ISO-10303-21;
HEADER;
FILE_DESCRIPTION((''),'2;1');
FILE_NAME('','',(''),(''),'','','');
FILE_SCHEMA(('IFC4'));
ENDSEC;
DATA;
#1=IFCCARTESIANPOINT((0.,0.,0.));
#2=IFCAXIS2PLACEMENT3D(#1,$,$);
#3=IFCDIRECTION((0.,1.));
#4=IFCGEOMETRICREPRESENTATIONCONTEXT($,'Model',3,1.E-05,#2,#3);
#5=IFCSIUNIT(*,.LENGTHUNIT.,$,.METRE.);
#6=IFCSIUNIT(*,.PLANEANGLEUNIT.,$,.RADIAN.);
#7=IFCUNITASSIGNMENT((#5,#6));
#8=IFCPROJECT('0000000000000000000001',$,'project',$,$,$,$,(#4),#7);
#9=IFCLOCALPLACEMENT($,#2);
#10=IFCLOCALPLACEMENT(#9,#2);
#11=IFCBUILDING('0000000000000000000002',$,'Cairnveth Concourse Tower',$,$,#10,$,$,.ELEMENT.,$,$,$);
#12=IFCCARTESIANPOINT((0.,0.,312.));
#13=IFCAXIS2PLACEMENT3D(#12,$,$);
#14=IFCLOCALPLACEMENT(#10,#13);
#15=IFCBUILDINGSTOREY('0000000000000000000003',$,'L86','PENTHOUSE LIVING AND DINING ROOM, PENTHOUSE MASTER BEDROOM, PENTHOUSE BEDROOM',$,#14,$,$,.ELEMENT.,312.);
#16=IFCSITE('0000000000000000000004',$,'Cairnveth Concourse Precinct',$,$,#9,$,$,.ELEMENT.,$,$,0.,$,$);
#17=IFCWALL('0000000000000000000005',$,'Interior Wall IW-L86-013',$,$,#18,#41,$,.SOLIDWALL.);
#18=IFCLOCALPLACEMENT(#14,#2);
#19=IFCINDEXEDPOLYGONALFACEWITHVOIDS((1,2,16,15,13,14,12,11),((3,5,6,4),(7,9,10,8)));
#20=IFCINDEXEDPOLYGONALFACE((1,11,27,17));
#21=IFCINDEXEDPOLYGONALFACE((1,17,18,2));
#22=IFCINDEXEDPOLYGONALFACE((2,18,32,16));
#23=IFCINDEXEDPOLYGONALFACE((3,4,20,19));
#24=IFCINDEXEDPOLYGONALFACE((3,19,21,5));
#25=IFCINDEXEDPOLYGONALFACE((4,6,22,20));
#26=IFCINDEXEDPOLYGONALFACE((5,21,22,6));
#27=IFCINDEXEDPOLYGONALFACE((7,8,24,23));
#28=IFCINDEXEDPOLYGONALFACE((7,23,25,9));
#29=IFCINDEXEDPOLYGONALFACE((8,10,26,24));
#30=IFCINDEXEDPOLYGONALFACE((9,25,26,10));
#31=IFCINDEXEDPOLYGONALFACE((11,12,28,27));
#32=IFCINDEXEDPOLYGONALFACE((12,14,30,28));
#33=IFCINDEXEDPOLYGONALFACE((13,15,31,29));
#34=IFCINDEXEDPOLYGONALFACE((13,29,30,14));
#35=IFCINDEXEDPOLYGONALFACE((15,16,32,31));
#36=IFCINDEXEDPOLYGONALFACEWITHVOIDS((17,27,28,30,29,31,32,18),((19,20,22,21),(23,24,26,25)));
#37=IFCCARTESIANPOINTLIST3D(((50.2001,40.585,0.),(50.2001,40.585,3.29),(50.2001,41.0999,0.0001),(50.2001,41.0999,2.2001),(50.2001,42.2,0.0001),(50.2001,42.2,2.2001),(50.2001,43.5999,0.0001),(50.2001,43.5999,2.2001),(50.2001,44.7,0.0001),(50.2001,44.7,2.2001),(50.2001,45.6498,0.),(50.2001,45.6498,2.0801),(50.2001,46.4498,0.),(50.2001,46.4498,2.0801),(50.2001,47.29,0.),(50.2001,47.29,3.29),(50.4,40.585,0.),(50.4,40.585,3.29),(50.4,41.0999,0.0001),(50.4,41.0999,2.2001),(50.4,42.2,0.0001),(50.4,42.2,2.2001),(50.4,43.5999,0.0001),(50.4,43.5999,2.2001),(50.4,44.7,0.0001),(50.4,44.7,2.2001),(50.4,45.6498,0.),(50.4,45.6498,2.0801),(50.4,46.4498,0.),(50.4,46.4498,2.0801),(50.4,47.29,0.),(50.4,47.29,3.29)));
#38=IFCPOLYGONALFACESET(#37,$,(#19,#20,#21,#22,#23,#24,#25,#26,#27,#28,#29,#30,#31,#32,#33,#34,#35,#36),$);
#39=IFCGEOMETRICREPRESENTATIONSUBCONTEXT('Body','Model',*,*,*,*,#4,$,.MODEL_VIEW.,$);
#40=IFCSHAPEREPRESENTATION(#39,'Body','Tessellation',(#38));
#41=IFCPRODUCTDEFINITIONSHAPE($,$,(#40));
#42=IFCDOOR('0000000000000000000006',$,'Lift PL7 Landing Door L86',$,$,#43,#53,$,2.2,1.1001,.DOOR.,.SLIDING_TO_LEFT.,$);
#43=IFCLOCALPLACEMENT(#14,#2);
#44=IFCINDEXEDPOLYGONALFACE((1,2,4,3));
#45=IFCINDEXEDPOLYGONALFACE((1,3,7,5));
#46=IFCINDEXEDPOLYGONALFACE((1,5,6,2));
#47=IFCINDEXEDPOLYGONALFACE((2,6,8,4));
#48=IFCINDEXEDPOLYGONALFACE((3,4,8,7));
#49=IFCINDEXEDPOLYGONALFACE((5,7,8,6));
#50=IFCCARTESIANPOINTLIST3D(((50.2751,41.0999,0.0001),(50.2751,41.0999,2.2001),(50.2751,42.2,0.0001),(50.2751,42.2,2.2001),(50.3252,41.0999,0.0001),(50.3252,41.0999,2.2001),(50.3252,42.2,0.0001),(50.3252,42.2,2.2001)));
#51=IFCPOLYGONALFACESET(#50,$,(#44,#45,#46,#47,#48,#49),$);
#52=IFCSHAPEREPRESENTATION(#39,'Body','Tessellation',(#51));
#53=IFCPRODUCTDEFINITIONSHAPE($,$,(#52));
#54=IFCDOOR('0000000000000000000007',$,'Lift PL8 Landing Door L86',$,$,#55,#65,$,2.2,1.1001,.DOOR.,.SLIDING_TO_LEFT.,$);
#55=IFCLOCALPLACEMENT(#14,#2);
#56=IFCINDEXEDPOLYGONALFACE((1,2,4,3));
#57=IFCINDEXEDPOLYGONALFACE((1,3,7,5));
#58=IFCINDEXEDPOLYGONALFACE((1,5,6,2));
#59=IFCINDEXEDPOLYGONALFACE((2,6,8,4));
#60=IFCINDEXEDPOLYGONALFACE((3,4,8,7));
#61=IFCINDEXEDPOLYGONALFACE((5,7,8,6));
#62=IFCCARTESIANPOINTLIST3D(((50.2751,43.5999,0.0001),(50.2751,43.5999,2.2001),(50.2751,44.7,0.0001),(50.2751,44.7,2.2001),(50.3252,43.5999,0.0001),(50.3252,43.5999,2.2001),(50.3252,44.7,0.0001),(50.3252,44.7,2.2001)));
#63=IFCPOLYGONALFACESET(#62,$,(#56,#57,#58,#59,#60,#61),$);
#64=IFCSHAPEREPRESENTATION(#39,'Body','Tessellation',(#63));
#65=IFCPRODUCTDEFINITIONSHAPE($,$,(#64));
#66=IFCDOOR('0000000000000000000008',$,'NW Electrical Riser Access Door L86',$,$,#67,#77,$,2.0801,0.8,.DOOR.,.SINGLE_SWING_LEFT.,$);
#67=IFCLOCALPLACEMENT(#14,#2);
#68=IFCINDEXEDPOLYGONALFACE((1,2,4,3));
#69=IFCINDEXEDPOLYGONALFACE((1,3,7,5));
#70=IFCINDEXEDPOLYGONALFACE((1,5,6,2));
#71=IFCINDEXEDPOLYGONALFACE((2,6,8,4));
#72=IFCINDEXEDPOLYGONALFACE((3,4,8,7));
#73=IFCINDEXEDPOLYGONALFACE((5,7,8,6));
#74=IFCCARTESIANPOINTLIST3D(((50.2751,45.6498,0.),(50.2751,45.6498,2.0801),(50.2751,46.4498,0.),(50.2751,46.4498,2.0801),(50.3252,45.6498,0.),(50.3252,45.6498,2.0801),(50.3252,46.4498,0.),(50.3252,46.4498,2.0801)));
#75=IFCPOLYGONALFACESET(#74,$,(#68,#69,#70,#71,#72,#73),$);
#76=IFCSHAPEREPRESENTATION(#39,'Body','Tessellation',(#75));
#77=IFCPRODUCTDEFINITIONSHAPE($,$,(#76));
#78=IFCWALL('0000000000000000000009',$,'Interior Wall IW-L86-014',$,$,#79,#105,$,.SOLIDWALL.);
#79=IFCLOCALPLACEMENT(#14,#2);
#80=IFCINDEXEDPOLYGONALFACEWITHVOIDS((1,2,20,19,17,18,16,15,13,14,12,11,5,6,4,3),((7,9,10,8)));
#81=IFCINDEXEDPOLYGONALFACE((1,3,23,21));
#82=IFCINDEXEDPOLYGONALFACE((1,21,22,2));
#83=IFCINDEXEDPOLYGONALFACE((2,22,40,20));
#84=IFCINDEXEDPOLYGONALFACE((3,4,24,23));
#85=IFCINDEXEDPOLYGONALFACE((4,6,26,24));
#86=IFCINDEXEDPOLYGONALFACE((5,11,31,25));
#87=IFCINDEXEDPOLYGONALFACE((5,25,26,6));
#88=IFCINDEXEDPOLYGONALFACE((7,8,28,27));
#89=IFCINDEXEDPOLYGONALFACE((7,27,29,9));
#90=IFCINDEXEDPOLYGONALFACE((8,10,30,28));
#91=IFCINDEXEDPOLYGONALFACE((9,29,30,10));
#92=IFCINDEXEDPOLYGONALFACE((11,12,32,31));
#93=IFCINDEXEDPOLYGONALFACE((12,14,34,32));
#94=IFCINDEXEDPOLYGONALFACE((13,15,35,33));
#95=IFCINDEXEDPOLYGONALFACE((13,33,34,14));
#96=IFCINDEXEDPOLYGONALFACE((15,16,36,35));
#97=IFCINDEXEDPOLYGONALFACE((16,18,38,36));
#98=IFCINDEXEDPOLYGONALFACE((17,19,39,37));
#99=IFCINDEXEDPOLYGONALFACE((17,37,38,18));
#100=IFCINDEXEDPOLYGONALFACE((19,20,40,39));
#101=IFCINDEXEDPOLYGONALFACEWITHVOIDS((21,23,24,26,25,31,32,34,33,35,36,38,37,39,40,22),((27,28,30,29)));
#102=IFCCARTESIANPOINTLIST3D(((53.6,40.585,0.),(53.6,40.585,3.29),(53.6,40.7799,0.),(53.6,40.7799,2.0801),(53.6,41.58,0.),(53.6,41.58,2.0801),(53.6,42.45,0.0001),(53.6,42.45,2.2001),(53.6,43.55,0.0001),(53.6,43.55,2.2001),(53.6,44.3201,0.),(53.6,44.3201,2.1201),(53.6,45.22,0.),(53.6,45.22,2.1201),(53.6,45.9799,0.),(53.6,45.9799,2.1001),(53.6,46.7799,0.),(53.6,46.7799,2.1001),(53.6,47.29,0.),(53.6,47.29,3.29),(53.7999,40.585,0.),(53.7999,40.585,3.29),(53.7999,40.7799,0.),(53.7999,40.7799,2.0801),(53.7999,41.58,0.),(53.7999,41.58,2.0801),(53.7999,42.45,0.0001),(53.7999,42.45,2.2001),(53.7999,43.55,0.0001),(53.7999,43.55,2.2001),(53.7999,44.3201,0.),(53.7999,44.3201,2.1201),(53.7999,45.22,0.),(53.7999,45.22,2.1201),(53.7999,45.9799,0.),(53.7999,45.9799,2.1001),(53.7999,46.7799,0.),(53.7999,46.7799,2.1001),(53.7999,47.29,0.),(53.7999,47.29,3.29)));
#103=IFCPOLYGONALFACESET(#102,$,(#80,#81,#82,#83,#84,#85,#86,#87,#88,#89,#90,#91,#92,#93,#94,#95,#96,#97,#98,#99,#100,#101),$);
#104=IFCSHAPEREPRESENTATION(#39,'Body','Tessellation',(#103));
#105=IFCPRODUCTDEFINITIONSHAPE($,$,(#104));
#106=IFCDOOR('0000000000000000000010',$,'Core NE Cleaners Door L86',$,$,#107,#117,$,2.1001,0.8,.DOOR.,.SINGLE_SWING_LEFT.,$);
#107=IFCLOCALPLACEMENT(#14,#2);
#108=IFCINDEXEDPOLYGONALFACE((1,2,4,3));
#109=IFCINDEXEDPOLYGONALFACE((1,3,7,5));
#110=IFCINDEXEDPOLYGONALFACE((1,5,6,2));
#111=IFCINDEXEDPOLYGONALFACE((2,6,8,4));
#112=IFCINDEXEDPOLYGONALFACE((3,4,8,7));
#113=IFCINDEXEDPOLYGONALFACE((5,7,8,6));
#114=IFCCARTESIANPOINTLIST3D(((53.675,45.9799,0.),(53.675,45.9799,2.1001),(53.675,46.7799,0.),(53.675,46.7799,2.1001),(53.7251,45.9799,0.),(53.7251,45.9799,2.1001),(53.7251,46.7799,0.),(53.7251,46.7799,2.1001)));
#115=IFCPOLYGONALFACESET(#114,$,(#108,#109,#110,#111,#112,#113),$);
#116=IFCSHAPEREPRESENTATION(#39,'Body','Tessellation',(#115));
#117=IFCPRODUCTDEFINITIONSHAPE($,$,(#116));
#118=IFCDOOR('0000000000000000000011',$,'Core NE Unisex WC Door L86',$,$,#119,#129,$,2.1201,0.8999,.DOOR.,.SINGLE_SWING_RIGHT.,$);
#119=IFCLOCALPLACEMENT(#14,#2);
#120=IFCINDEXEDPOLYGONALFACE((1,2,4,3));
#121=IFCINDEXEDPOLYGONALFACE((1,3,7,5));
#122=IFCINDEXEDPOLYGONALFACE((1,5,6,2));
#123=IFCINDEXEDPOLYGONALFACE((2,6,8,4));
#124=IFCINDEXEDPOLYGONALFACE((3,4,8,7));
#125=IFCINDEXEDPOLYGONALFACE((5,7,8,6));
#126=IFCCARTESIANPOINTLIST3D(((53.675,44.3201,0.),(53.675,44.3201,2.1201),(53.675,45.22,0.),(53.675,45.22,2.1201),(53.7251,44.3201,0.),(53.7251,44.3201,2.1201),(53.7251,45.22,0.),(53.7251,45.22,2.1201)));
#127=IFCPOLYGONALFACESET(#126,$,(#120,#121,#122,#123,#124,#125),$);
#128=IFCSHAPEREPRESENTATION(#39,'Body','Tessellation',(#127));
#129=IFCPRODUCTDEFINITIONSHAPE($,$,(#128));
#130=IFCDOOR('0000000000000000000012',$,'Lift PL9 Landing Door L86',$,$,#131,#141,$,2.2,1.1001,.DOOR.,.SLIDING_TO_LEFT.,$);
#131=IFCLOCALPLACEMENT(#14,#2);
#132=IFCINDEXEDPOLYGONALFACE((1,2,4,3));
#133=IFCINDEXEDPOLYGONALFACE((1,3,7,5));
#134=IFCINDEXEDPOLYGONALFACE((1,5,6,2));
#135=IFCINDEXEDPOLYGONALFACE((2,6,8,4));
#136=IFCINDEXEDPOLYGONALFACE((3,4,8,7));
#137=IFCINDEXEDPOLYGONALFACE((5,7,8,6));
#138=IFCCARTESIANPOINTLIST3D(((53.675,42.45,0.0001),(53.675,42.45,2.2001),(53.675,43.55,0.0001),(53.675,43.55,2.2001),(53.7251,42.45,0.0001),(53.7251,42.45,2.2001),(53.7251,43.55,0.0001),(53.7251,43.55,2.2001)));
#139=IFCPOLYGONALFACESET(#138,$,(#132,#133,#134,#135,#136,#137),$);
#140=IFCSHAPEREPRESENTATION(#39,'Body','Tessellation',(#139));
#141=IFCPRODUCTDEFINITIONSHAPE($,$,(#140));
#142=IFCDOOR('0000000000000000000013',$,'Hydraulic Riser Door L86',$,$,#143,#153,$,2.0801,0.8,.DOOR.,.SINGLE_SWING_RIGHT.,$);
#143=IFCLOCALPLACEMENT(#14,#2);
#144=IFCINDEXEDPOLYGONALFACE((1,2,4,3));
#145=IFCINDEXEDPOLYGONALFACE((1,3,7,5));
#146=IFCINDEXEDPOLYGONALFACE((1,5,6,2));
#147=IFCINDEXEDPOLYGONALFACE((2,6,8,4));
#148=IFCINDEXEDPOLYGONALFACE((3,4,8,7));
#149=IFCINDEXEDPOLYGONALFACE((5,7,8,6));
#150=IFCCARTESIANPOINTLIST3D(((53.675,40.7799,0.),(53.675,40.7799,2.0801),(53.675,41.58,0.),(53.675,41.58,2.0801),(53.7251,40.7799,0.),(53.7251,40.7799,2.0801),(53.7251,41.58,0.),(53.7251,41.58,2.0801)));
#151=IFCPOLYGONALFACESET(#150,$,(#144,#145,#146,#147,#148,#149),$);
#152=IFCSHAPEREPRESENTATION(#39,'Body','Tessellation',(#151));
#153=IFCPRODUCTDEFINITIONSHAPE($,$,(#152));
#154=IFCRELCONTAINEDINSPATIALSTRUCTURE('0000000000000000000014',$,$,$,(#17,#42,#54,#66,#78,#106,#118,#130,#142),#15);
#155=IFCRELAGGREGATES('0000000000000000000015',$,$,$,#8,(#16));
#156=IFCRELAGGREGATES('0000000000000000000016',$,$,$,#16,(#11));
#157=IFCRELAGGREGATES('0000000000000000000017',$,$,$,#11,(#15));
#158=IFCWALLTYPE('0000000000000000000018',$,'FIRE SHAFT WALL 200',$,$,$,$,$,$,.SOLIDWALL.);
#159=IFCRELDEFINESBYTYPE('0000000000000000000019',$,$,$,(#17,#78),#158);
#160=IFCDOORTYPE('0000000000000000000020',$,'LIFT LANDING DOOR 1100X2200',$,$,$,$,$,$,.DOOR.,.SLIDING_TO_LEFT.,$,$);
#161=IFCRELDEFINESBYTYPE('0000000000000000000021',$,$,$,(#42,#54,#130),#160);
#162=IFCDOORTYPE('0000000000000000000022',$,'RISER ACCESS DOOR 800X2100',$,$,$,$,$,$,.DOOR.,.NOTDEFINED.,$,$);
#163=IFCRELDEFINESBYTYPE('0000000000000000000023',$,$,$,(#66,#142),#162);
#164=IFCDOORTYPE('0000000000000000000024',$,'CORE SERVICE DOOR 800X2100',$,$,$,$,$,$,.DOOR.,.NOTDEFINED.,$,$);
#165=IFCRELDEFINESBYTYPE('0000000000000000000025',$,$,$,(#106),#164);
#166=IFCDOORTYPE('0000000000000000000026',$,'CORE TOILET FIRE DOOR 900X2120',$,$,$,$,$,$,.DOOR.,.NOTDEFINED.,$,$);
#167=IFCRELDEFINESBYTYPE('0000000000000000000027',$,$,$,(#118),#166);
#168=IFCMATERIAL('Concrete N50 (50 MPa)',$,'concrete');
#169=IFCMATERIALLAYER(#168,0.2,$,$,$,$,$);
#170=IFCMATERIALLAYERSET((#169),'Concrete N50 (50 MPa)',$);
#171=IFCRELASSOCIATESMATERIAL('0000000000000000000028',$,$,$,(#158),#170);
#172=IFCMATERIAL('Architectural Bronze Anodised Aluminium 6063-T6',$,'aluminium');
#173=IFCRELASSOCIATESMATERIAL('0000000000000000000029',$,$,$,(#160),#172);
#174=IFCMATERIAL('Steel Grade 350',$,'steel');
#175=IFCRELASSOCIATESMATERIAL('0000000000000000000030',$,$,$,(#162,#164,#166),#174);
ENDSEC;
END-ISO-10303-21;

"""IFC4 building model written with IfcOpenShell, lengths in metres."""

from ifc_helpers import new_model, si_unit, direction, frame, frame_2d, origin, place, context, subcontext, project, spatial, rectangle, extrude, material, layer, layer_set, type_object, element, fill, save


model = new_model("IFC4")

# Units and contexts
model_context = context("Model", 3, precision=1e-05, world=origin(), true_north=direction((0.0, 1.0)))
body_context = subcontext(model_context, "Body", "Model", "MODEL_VIEW")
ifc_project = project(units=[si_unit("LENGTHUNIT", "METRE"), si_unit("PLANEANGLEUNIT", "RADIAN")], contexts=[model_context])

# Site, building, storey
site_placement = place(None, origin())
site = spatial("IfcSite", under=ifc_project, at=site_placement, Name="Cairnveth Concourse Precinct", CompositionType="ELEMENT", RefElevation=0.0)
building_placement = place(site_placement, origin())
building = spatial("IfcBuilding", under=site, at=building_placement, Name="Cairnveth Concourse Tower", CompositionType="ELEMENT")
storey_placement = place(building_placement, frame((0.0, 0.0, 312.0)))
storey = spatial("IfcBuildingStorey", under=building, at=storey_placement, Name="L86", Description="PENTHOUSE LIVING AND DINING ROOM, PENTHOUSE MASTER BEDROOM, PENTHOUSE BEDROOM", CompositionType="ELEMENT", Elevation=312.0)

# Shared definitions
ifc_material_1 = material(Name="Steel Grade 350", Category="steel")

# Shared definitions
ifc_material_2 = material(Name="Concrete N50 (50 MPa)", Category="concrete")
ifc_layer_1 = layer(ifc_material_2, 0.2)
ifc_layer_set_1 = layer_set([ifc_layer_1], Name="Concrete N50 (50 MPa)")
wall_type_1 = type_object("IfcWallType", Name="FIRE SHAFT WALL 200", PredefinedType="SOLIDWALL", material=ifc_layer_set_1)

# Walls, openings, doors
wall_1_placement = place(storey_placement, frame((50.3, 40.585, 0.0), z_axis=(0.0, 0.0, 1.0), x_axis=(0.0, 1.0, 0.0)))
wall_1 = element("IfcWall", 1, at=wall_1_placement, inside=storey, type_object=wall_type_1, Name="Interior Wall IW-L86-013", PredefinedType="SOLIDWALL", context=body_context, shape_type="SweptSolid", body=[
    extrude(rectangle(XDim=6.7051, YDim=0.2, at=frame_2d((3.3525, 0.0))), origin(), (0.0, 0.0, 1.0), 3.29),
])
opening_1_placement = place(wall_1_placement, frame((0.5149, 0.0, 0.0)))
opening_1 = element("IfcOpeningElement", 2, at=opening_1_placement, cuts=wall_1, PredefinedType="OPENING", context=body_context, shape_type="SweptSolid", body=[
    extrude(rectangle(XDim=1.1001, YDim=2.2, at=frame_2d((0.55, 1.1001))), frame((0.0, 0.1099, 0.0), z_axis=(0.0, -1.0, 0.0), x_axis=(1.0, 0.0, 0.0)), (0.0, 0.0, 1.0), 0.22),
])
opening_2_placement = place(wall_1_placement, frame((3.0149, 0.0, 0.0)))
opening_2 = element("IfcOpeningElement", 3, at=opening_2_placement, cuts=wall_1, PredefinedType="OPENING", context=body_context, shape_type="SweptSolid", body=[
    extrude(rectangle(XDim=1.1001, YDim=2.2, at=frame_2d((0.55, 1.1001))), frame((0.0, 0.1099, 0.0), z_axis=(0.0, -1.0, 0.0), x_axis=(1.0, 0.0, 0.0)), (0.0, 0.0, 1.0), 0.22),
])
opening_3_placement = place(wall_1_placement, frame((5.0649, 0.0, 0.0)))
opening_3 = element("IfcOpeningElement", 4, at=opening_3_placement, cuts=wall_1, PredefinedType="OPENING", context=body_context, shape_type="SweptSolid", body=[
    extrude(rectangle(XDim=0.8, YDim=2.0801, at=frame_2d((0.3999, 1.04))), frame((0.0, 0.1099, 0.0), z_axis=(0.0, -1.0, 0.0), x_axis=(1.0, 0.0, 0.0)), (0.0, 0.0, 1.0), 0.22),
])
ifc_material_3 = material(Name="Architectural Bronze Anodised Aluminium 6063-T6", Category="aluminium")
door_type_1 = type_object("IfcDoorType", Name="LIFT LANDING DOOR 1100X2200", OperationType="SLIDING_TO_LEFT", PredefinedType="DOOR", material=ifc_material_3)
door_1_placement = place(opening_1_placement, origin())
door_1 = element("IfcDoor", 5, at=door_1_placement, inside=storey, type_object=door_type_1, Name="Lift PL7 Landing Door L86", OperationType="SLIDING_TO_LEFT", OverallHeight=2.2, OverallWidth=1.1001, PredefinedType="DOOR", context=body_context, shape_type="SweptSolid", body=[
    extrude(rectangle(XDim=1.1001, YDim=2.2, at=frame_2d((0.55, 1.1001))), frame((0.0, 0.0249, 0.0), z_axis=(0.0, -1.0, 0.0), x_axis=(1.0, 0.0, 0.0)), (0.0, 0.0, 1.0), 0.05),
])
fill(opening_1, door_1)
door_2_placement = place(opening_2_placement, origin())
door_2 = element("IfcDoor", 6, at=door_2_placement, inside=storey, type_object=door_type_1, Name="Lift PL8 Landing Door L86", OperationType="SLIDING_TO_LEFT", OverallHeight=2.2, OverallWidth=1.1001, PredefinedType="DOOR", context=body_context, shape_type="SweptSolid", body=[
    extrude(rectangle(XDim=1.1001, YDim=2.2, at=frame_2d((0.55, 1.1001))), frame((0.0, 0.0249, 0.0), z_axis=(0.0, -1.0, 0.0), x_axis=(1.0, 0.0, 0.0)), (0.0, 0.0, 1.0), 0.05),
])
fill(opening_2, door_2)
door_type_2 = type_object("IfcDoorType", Name="RISER ACCESS DOOR 800X2100", OperationType="NOTDEFINED", PredefinedType="DOOR", material=ifc_material_1)
door_3_placement = place(opening_3_placement, origin())
door_3 = element("IfcDoor", 7, at=door_3_placement, inside=storey, type_object=door_type_2, Name="NW Electrical Riser Access Door L86", OperationType="SINGLE_SWING_LEFT", OverallHeight=2.0801, OverallWidth=0.8, PredefinedType="DOOR", context=body_context, shape_type="SweptSolid", body=[
    extrude(rectangle(XDim=0.8, YDim=2.0801, at=frame_2d((0.3999, 1.04))), frame((0.0, 0.0249, 0.0), z_axis=(0.0, -1.0, 0.0), x_axis=(1.0, 0.0, 0.0)), (0.0, 0.0, 1.0), 0.05),
])
fill(opening_3, door_3)
wall_2_placement = place(storey_placement, frame((53.7, 40.585, 0.0), z_axis=(0.0, 0.0, 1.0), x_axis=(0.0, 1.0, 0.0)))
wall_2 = element("IfcWall", 8, at=wall_2_placement, inside=storey, type_object=wall_type_1, Name="Interior Wall IW-L86-014", PredefinedType="SOLIDWALL", context=body_context, shape_type="SweptSolid", body=[
    extrude(rectangle(XDim=6.7051, YDim=0.2, at=frame_2d((3.3525, 0.0))), origin(), (0.0, 0.0, 1.0), 3.29),
])
opening_4_placement = place(wall_2_placement, frame((0.1951, 0.0, 0.0)))
opening_4 = element("IfcOpeningElement", 9, at=opening_4_placement, cuts=wall_2, PredefinedType="OPENING", context=body_context, shape_type="SweptSolid", body=[
    extrude(rectangle(XDim=0.8, YDim=2.0801, at=frame_2d((0.3999, 1.04))), frame((0.0, 0.1099, 0.0), z_axis=(0.0, -1.0, 0.0), x_axis=(1.0, 0.0, 0.0)), (0.0, 0.0, 1.0), 0.22),
])
opening_5_placement = place(wall_2_placement, frame((1.865, 0.0, 0.0)))
opening_5 = element("IfcOpeningElement", 10, at=opening_5_placement, cuts=wall_2, PredefinedType="OPENING", context=body_context, shape_type="SweptSolid", body=[
    extrude(rectangle(XDim=1.1001, YDim=2.2, at=frame_2d((0.55, 1.1001))), frame((0.0, 0.1099, 0.0), z_axis=(0.0, -1.0, 0.0), x_axis=(1.0, 0.0, 0.0)), (0.0, 0.0, 1.0), 0.22),
])
opening_6_placement = place(wall_2_placement, frame((3.7351, 0.0, 0.0)))
opening_6 = element("IfcOpeningElement", 11, at=opening_6_placement, cuts=wall_2, PredefinedType="OPENING", context=body_context, shape_type="SweptSolid", body=[
    extrude(rectangle(XDim=0.8999, YDim=2.1201, at=frame_2d((0.45, 1.0601))), frame((0.0, 0.1099, 0.0), z_axis=(0.0, -1.0, 0.0), x_axis=(1.0, 0.0, 0.0)), (0.0, 0.0, 1.0), 0.22),
])
opening_7_placement = place(wall_2_placement, frame((5.395, 0.0, 0.0)))
opening_7 = element("IfcOpeningElement", 12, at=opening_7_placement, cuts=wall_2, PredefinedType="OPENING", context=body_context, shape_type="SweptSolid", body=[
    extrude(rectangle(XDim=0.8, YDim=2.1001, at=frame_2d((0.3999, 1.05))), frame((0.0, 0.1099, 0.0), z_axis=(0.0, -1.0, 0.0), x_axis=(1.0, 0.0, 0.0)), (0.0, 0.0, 1.0), 0.22),
])
door_type_3 = type_object("IfcDoorType", Name="CORE SERVICE DOOR 800X2100", OperationType="NOTDEFINED", PredefinedType="DOOR", material=ifc_material_1)
door_4_placement = place(opening_7_placement, origin())
door_4 = element("IfcDoor", 13, at=door_4_placement, inside=storey, type_object=door_type_3, Name="Core NE Cleaners Door L86", OperationType="SINGLE_SWING_LEFT", OverallHeight=2.1001, OverallWidth=0.8, PredefinedType="DOOR", context=body_context, shape_type="SweptSolid", body=[
    extrude(rectangle(XDim=0.8, YDim=2.1001, at=frame_2d((0.3999, 1.05))), frame((0.0, 0.0249, 0.0), z_axis=(0.0, -1.0, 0.0), x_axis=(1.0, 0.0, 0.0)), (0.0, 0.0, 1.0), 0.05),
])
fill(opening_7, door_4)
door_type_4 = type_object("IfcDoorType", Name="CORE TOILET FIRE DOOR 900X2120", OperationType="NOTDEFINED", PredefinedType="DOOR", material=ifc_material_1)
door_5_placement = place(opening_6_placement, origin())
door_5 = element("IfcDoor", 14, at=door_5_placement, inside=storey, type_object=door_type_4, Name="Core NE Unisex WC Door L86", OperationType="SINGLE_SWING_RIGHT", OverallHeight=2.1201, OverallWidth=0.8999, PredefinedType="DOOR", context=body_context, shape_type="SweptSolid", body=[
    extrude(rectangle(XDim=0.8999, YDim=2.1201, at=frame_2d((0.45, 1.0601))), frame((0.0, 0.0249, 0.0), z_axis=(0.0, -1.0, 0.0), x_axis=(1.0, 0.0, 0.0)), (0.0, 0.0, 1.0), 0.05),
])
fill(opening_6, door_5)
door_6_placement = place(opening_5_placement, origin())
door_6 = element("IfcDoor", 15, at=door_6_placement, inside=storey, type_object=door_type_1, Name="Lift PL9 Landing Door L86", OperationType="SLIDING_TO_LEFT", OverallHeight=2.2, OverallWidth=1.1001, PredefinedType="DOOR", context=body_context, shape_type="SweptSolid", body=[
    extrude(rectangle(XDim=1.1001, YDim=2.2, at=frame_2d((0.55, 1.1001))), frame((0.0, 0.0249, 0.0), z_axis=(0.0, -1.0, 0.0), x_axis=(1.0, 0.0, 0.0)), (0.0, 0.0, 1.0), 0.05),
])
fill(opening_5, door_6)
door_7_placement = place(opening_4_placement, origin())
door_7 = element("IfcDoor", 16, at=door_7_placement, inside=storey, type_object=door_type_2, Name="Hydraulic Riser Door L86", OperationType="SINGLE_SWING_RIGHT", OverallHeight=2.0801, OverallWidth=0.8, PredefinedType="DOOR", context=body_context, shape_type="SweptSolid", body=[
    extrude(rectangle(XDim=0.8, YDim=2.0801, at=frame_2d((0.3999, 1.04))), frame((0.0, 0.0249, 0.0), z_axis=(0.0, -1.0, 0.0), x_axis=(1.0, 0.0, 0.0)), (0.0, 0.0, 1.0), 0.05),
])
fill(opening_4, door_7)

save(model, "model.ifc")
